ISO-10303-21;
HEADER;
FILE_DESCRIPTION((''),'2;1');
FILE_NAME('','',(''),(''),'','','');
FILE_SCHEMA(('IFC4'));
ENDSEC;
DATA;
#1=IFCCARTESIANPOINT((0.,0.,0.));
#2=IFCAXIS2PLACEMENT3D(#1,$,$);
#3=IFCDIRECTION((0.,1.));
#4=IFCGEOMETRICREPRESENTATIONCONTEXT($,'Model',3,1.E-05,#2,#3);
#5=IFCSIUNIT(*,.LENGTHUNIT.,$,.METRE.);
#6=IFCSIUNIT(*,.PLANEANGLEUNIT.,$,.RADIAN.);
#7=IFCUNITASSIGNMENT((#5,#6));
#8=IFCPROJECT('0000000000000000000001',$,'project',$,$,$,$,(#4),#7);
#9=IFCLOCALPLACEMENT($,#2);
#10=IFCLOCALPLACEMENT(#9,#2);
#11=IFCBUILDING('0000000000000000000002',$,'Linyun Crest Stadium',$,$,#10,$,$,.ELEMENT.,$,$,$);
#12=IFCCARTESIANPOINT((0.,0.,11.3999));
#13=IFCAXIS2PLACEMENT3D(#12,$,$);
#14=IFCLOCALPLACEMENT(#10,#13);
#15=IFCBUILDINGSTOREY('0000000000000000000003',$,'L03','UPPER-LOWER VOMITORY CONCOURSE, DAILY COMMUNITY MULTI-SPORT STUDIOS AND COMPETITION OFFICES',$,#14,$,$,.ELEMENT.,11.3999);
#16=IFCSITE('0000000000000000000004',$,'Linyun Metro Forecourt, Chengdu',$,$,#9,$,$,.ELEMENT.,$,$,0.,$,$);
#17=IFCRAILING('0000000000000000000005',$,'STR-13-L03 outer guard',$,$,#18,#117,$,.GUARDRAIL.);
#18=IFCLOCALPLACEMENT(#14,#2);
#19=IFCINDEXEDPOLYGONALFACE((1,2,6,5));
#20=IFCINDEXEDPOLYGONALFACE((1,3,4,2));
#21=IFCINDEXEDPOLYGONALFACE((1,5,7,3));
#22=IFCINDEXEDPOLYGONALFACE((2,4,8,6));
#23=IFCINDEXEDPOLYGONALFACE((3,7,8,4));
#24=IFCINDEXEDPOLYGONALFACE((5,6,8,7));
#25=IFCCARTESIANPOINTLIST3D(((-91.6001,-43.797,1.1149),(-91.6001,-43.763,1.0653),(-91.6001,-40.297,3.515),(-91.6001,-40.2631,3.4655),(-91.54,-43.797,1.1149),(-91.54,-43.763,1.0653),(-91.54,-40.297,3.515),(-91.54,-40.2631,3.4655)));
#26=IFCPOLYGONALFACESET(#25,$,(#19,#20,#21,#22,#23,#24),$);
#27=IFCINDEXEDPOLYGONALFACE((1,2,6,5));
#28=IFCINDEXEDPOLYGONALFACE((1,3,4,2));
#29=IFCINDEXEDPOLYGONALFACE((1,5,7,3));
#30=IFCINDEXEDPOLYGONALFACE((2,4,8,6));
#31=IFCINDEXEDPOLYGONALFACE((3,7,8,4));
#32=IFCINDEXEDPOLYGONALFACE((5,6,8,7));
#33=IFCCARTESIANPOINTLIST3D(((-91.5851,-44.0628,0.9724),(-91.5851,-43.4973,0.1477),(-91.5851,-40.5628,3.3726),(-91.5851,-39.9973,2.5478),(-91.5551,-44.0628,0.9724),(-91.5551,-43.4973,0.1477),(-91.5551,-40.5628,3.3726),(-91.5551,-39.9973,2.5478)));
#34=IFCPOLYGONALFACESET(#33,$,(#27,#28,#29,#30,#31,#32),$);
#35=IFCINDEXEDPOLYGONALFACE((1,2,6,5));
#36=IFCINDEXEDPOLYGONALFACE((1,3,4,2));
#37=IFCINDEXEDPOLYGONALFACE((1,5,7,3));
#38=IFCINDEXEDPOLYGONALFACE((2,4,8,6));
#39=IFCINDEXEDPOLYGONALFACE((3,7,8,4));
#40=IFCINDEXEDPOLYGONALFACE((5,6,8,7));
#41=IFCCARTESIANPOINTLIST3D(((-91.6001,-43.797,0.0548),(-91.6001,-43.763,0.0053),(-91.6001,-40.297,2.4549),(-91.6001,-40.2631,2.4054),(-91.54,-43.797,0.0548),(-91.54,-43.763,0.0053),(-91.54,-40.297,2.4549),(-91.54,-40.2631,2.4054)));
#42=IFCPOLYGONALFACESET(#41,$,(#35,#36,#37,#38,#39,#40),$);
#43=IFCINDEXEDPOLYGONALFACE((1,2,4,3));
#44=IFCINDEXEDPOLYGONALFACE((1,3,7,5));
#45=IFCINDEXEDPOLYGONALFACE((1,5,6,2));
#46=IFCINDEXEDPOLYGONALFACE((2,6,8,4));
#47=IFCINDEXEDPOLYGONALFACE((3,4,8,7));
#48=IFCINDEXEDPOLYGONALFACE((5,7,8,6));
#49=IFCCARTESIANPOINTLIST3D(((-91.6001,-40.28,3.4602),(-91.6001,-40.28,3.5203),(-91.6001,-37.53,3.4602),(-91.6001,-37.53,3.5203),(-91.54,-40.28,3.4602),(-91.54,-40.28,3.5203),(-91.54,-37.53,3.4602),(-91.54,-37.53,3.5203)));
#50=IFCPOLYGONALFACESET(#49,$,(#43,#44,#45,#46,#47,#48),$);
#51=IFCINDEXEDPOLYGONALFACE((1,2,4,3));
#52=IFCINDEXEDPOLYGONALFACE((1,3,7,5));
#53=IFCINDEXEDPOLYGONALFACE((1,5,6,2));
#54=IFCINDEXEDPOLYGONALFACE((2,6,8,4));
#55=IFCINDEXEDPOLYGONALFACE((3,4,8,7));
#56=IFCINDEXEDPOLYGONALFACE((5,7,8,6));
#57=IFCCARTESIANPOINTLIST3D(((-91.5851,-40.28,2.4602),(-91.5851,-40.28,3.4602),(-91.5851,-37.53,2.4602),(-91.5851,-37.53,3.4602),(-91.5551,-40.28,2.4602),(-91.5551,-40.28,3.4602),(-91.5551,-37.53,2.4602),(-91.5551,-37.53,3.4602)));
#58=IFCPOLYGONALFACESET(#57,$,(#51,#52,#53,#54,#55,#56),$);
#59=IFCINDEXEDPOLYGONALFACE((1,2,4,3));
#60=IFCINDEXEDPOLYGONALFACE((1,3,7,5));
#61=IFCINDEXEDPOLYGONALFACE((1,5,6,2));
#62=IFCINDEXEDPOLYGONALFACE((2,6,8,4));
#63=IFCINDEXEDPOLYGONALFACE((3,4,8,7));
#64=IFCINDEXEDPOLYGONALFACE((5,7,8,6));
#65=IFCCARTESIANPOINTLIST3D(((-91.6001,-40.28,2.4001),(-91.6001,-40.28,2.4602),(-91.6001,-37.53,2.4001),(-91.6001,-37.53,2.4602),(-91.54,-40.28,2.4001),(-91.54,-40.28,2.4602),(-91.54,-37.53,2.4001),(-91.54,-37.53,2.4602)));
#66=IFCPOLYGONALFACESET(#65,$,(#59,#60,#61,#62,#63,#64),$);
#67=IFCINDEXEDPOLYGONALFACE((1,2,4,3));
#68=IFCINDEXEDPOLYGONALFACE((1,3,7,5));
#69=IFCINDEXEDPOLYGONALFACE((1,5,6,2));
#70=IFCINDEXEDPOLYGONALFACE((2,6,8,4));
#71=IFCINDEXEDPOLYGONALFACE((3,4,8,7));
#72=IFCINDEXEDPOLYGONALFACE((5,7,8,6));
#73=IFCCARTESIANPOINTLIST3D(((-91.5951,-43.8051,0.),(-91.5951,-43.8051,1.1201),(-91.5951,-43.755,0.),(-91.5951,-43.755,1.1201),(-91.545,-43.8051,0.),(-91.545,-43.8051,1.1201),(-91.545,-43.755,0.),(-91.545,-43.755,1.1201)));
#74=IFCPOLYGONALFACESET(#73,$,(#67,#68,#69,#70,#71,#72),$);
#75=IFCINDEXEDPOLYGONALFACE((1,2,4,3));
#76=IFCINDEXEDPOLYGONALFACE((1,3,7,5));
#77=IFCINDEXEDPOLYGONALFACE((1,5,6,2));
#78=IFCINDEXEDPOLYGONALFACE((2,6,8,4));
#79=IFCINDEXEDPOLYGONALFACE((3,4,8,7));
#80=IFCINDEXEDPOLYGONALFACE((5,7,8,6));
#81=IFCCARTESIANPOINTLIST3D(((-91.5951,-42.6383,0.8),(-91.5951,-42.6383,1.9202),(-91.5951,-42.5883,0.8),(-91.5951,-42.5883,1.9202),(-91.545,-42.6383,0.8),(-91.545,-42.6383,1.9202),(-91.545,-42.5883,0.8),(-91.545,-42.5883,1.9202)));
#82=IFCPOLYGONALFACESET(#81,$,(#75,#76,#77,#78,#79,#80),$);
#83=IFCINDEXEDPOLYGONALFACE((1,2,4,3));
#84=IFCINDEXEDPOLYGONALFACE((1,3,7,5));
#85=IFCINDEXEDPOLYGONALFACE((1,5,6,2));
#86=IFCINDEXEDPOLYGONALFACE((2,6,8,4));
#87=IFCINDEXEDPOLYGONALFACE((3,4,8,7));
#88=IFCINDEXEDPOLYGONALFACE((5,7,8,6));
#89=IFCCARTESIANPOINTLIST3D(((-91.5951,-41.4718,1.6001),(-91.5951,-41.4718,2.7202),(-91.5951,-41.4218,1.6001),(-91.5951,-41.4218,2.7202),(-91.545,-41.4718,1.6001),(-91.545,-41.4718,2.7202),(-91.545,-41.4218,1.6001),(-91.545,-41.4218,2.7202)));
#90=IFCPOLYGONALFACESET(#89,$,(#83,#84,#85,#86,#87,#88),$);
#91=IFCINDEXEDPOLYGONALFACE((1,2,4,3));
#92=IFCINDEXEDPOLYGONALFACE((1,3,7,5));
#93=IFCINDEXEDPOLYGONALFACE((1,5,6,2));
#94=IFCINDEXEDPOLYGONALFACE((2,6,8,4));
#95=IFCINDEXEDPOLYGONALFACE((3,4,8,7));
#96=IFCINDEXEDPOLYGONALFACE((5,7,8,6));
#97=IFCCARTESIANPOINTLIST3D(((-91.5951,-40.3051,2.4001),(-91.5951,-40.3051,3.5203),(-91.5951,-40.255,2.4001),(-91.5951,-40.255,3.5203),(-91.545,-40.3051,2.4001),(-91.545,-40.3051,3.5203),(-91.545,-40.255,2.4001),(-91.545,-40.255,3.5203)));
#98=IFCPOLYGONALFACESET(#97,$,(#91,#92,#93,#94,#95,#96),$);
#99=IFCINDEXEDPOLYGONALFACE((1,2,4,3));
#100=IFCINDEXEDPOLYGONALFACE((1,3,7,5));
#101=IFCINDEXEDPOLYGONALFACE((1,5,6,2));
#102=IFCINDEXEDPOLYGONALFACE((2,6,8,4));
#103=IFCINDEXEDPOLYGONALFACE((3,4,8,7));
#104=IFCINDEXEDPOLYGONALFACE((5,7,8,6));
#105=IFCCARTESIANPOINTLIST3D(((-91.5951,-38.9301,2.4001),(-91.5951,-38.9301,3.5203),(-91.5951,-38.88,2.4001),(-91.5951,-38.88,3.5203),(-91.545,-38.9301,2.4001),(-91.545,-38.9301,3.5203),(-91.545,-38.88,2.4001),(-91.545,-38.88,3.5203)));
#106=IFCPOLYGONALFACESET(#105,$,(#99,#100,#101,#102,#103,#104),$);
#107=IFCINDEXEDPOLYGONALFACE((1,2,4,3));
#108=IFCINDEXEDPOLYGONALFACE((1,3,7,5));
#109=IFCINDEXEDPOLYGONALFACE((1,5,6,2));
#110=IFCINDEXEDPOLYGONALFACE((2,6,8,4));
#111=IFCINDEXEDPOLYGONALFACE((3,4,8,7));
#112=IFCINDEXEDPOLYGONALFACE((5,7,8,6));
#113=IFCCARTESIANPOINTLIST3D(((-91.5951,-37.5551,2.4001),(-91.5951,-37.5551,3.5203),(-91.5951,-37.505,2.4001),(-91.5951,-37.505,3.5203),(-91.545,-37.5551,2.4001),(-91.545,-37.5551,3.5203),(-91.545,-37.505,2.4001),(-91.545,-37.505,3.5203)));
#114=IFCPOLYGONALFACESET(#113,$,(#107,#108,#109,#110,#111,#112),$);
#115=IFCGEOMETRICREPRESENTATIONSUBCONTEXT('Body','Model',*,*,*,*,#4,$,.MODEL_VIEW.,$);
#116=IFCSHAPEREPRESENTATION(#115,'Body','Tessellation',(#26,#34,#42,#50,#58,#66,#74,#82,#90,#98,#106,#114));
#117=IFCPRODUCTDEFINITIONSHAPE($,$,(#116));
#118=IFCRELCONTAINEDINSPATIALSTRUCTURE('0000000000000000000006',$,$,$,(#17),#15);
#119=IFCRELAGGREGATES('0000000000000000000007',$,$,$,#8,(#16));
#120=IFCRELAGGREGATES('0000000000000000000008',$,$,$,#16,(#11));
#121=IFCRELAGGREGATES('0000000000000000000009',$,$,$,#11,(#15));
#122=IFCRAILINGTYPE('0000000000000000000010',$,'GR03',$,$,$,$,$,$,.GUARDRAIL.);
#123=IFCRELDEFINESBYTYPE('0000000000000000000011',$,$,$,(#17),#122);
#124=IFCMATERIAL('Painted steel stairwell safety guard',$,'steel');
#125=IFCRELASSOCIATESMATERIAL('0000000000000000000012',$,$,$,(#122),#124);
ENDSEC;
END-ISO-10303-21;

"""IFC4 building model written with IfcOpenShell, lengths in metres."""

from ifc_helpers import new_model, si_unit, direction, frame, origin, origin_2d, place, context, subcontext, project, spatial, rectangle, extrude, material, type_object, element, save


model = new_model("IFC4")

# Units and contexts
model_context = context("Model", 3, precision=1e-05, world=origin(), true_north=direction((0.0, 1.0)))
body_context = subcontext(model_context, "Body", "Model", "MODEL_VIEW")
ifc_project = project(units=[si_unit("LENGTHUNIT", "METRE"), si_unit("PLANEANGLEUNIT", "RADIAN")], contexts=[model_context])

# Site, building, storey
site_placement = place(None, origin())
site = spatial("IfcSite", under=ifc_project, at=site_placement, Name="Linyun Metro Forecourt, Chengdu", CompositionType="ELEMENT", RefElevation=0.0)
building_placement = place(site_placement, origin())
building = spatial("IfcBuilding", under=site, at=building_placement, Name="Linyun Crest Stadium", CompositionType="ELEMENT")
storey_placement = place(building_placement, frame((0.0, 0.0, 11.3999)))
storey = spatial("IfcBuildingStorey", under=building, at=storey_placement, Name="L03", Description="UPPER-LOWER VOMITORY CONCOURSE, DAILY COMMUNITY MULTI-SPORT STUDIOS AND COMPETITION OFFICES", CompositionType="ELEMENT", Elevation=11.3999)

# Railing
ifc_material_1 = material(Name="Painted steel stairwell safety guard", Category="steel")
railing_type_1 = type_object("IfcRailingType", Name="GR03", PredefinedType="GUARDRAIL", material=ifc_material_1)
railing_1_placement = place(storey_placement, frame((-91.5701, -43.78, 0.0)))
element("IfcRailing", 1, at=railing_1_placement, inside=storey, type_object=railing_type_1, Name="STR-13-L03 outer guard", PredefinedType="GUARDRAIL", context=body_context, shape_type="SweptSolid", body=[
    extrude(rectangle(XDim=0.0601, YDim=0.0601, at=origin_2d()), frame((0.0, 0.0, 1.0901), z_axis=(0.0, 0.824713, 0.565552), x_axis=(-1.0, 0.0, 0.0)), (0.0, 0.0, 1.0), 4.2439),
    extrude(rectangle(XDim=0.03, YDim=1.0, at=origin_2d()), frame((0.0, 0.0, 0.5601), z_axis=(0.0, 0.824713, 0.565552), x_axis=(-1.0, 0.0, 0.0)), (0.0, 0.0, 1.0), 4.2439),
    extrude(rectangle(XDim=0.0601, YDim=0.0601, at=origin_2d()), frame((0.0, 0.0, 0.03), z_axis=(0.0, 0.824713, 0.565552), x_axis=(-1.0, 0.0, 0.0)), (0.0, 0.0, 1.0), 4.2439),
    extrude(rectangle(XDim=0.0601, YDim=0.0601, at=origin_2d()), frame((0.0, 3.5, 3.4902), z_axis=(0.0, 1.0, 0.0), x_axis=(-1.0, 0.0, 0.0)), (0.0, 0.0, 1.0), 2.75),
    extrude(rectangle(XDim=0.03, YDim=1.0, at=origin_2d()), frame((0.0, 3.5, 2.9602), z_axis=(0.0, 1.0, 0.0), x_axis=(-1.0, 0.0, 0.0)), (0.0, 0.0, 1.0), 2.75),
    extrude(rectangle(XDim=0.0601, YDim=0.0601, at=origin_2d()), frame((0.0, 3.5, 2.4302), z_axis=(0.0, 1.0, 0.0), x_axis=(-1.0, 0.0, 0.0)), (0.0, 0.0, 1.0), 2.75),
    extrude(rectangle(XDim=0.05, YDim=0.05, at=origin_2d()), origin(), (0.0, 0.0, 1.0), 1.1201),
    extrude(rectangle(XDim=0.05, YDim=0.05, at=origin_2d()), frame((0.0, 1.1667, 0.8)), (0.0, 0.0, 1.0), 1.1201),
    extrude(rectangle(XDim=0.05, YDim=0.05, at=origin_2d()), frame((0.0, 2.3333, 1.6001)), (0.0, 0.0, 1.0), 1.1201),
    extrude(rectangle(XDim=0.05, YDim=0.05, at=origin_2d()), frame((0.0, 3.5, 2.4001)), (0.0, 0.0, 1.0), 1.1201),
    extrude(rectangle(XDim=0.05, YDim=0.05, at=origin_2d()), frame((0.0, 4.875, 2.4001)), (0.0, 0.0, 1.0), 1.1201),
    extrude(rectangle(XDim=0.05, YDim=0.05, at=origin_2d()), frame((0.0, 6.25, 2.4001)), (0.0, 0.0, 1.0), 1.1201),
])

save(model, "model.ifc")
